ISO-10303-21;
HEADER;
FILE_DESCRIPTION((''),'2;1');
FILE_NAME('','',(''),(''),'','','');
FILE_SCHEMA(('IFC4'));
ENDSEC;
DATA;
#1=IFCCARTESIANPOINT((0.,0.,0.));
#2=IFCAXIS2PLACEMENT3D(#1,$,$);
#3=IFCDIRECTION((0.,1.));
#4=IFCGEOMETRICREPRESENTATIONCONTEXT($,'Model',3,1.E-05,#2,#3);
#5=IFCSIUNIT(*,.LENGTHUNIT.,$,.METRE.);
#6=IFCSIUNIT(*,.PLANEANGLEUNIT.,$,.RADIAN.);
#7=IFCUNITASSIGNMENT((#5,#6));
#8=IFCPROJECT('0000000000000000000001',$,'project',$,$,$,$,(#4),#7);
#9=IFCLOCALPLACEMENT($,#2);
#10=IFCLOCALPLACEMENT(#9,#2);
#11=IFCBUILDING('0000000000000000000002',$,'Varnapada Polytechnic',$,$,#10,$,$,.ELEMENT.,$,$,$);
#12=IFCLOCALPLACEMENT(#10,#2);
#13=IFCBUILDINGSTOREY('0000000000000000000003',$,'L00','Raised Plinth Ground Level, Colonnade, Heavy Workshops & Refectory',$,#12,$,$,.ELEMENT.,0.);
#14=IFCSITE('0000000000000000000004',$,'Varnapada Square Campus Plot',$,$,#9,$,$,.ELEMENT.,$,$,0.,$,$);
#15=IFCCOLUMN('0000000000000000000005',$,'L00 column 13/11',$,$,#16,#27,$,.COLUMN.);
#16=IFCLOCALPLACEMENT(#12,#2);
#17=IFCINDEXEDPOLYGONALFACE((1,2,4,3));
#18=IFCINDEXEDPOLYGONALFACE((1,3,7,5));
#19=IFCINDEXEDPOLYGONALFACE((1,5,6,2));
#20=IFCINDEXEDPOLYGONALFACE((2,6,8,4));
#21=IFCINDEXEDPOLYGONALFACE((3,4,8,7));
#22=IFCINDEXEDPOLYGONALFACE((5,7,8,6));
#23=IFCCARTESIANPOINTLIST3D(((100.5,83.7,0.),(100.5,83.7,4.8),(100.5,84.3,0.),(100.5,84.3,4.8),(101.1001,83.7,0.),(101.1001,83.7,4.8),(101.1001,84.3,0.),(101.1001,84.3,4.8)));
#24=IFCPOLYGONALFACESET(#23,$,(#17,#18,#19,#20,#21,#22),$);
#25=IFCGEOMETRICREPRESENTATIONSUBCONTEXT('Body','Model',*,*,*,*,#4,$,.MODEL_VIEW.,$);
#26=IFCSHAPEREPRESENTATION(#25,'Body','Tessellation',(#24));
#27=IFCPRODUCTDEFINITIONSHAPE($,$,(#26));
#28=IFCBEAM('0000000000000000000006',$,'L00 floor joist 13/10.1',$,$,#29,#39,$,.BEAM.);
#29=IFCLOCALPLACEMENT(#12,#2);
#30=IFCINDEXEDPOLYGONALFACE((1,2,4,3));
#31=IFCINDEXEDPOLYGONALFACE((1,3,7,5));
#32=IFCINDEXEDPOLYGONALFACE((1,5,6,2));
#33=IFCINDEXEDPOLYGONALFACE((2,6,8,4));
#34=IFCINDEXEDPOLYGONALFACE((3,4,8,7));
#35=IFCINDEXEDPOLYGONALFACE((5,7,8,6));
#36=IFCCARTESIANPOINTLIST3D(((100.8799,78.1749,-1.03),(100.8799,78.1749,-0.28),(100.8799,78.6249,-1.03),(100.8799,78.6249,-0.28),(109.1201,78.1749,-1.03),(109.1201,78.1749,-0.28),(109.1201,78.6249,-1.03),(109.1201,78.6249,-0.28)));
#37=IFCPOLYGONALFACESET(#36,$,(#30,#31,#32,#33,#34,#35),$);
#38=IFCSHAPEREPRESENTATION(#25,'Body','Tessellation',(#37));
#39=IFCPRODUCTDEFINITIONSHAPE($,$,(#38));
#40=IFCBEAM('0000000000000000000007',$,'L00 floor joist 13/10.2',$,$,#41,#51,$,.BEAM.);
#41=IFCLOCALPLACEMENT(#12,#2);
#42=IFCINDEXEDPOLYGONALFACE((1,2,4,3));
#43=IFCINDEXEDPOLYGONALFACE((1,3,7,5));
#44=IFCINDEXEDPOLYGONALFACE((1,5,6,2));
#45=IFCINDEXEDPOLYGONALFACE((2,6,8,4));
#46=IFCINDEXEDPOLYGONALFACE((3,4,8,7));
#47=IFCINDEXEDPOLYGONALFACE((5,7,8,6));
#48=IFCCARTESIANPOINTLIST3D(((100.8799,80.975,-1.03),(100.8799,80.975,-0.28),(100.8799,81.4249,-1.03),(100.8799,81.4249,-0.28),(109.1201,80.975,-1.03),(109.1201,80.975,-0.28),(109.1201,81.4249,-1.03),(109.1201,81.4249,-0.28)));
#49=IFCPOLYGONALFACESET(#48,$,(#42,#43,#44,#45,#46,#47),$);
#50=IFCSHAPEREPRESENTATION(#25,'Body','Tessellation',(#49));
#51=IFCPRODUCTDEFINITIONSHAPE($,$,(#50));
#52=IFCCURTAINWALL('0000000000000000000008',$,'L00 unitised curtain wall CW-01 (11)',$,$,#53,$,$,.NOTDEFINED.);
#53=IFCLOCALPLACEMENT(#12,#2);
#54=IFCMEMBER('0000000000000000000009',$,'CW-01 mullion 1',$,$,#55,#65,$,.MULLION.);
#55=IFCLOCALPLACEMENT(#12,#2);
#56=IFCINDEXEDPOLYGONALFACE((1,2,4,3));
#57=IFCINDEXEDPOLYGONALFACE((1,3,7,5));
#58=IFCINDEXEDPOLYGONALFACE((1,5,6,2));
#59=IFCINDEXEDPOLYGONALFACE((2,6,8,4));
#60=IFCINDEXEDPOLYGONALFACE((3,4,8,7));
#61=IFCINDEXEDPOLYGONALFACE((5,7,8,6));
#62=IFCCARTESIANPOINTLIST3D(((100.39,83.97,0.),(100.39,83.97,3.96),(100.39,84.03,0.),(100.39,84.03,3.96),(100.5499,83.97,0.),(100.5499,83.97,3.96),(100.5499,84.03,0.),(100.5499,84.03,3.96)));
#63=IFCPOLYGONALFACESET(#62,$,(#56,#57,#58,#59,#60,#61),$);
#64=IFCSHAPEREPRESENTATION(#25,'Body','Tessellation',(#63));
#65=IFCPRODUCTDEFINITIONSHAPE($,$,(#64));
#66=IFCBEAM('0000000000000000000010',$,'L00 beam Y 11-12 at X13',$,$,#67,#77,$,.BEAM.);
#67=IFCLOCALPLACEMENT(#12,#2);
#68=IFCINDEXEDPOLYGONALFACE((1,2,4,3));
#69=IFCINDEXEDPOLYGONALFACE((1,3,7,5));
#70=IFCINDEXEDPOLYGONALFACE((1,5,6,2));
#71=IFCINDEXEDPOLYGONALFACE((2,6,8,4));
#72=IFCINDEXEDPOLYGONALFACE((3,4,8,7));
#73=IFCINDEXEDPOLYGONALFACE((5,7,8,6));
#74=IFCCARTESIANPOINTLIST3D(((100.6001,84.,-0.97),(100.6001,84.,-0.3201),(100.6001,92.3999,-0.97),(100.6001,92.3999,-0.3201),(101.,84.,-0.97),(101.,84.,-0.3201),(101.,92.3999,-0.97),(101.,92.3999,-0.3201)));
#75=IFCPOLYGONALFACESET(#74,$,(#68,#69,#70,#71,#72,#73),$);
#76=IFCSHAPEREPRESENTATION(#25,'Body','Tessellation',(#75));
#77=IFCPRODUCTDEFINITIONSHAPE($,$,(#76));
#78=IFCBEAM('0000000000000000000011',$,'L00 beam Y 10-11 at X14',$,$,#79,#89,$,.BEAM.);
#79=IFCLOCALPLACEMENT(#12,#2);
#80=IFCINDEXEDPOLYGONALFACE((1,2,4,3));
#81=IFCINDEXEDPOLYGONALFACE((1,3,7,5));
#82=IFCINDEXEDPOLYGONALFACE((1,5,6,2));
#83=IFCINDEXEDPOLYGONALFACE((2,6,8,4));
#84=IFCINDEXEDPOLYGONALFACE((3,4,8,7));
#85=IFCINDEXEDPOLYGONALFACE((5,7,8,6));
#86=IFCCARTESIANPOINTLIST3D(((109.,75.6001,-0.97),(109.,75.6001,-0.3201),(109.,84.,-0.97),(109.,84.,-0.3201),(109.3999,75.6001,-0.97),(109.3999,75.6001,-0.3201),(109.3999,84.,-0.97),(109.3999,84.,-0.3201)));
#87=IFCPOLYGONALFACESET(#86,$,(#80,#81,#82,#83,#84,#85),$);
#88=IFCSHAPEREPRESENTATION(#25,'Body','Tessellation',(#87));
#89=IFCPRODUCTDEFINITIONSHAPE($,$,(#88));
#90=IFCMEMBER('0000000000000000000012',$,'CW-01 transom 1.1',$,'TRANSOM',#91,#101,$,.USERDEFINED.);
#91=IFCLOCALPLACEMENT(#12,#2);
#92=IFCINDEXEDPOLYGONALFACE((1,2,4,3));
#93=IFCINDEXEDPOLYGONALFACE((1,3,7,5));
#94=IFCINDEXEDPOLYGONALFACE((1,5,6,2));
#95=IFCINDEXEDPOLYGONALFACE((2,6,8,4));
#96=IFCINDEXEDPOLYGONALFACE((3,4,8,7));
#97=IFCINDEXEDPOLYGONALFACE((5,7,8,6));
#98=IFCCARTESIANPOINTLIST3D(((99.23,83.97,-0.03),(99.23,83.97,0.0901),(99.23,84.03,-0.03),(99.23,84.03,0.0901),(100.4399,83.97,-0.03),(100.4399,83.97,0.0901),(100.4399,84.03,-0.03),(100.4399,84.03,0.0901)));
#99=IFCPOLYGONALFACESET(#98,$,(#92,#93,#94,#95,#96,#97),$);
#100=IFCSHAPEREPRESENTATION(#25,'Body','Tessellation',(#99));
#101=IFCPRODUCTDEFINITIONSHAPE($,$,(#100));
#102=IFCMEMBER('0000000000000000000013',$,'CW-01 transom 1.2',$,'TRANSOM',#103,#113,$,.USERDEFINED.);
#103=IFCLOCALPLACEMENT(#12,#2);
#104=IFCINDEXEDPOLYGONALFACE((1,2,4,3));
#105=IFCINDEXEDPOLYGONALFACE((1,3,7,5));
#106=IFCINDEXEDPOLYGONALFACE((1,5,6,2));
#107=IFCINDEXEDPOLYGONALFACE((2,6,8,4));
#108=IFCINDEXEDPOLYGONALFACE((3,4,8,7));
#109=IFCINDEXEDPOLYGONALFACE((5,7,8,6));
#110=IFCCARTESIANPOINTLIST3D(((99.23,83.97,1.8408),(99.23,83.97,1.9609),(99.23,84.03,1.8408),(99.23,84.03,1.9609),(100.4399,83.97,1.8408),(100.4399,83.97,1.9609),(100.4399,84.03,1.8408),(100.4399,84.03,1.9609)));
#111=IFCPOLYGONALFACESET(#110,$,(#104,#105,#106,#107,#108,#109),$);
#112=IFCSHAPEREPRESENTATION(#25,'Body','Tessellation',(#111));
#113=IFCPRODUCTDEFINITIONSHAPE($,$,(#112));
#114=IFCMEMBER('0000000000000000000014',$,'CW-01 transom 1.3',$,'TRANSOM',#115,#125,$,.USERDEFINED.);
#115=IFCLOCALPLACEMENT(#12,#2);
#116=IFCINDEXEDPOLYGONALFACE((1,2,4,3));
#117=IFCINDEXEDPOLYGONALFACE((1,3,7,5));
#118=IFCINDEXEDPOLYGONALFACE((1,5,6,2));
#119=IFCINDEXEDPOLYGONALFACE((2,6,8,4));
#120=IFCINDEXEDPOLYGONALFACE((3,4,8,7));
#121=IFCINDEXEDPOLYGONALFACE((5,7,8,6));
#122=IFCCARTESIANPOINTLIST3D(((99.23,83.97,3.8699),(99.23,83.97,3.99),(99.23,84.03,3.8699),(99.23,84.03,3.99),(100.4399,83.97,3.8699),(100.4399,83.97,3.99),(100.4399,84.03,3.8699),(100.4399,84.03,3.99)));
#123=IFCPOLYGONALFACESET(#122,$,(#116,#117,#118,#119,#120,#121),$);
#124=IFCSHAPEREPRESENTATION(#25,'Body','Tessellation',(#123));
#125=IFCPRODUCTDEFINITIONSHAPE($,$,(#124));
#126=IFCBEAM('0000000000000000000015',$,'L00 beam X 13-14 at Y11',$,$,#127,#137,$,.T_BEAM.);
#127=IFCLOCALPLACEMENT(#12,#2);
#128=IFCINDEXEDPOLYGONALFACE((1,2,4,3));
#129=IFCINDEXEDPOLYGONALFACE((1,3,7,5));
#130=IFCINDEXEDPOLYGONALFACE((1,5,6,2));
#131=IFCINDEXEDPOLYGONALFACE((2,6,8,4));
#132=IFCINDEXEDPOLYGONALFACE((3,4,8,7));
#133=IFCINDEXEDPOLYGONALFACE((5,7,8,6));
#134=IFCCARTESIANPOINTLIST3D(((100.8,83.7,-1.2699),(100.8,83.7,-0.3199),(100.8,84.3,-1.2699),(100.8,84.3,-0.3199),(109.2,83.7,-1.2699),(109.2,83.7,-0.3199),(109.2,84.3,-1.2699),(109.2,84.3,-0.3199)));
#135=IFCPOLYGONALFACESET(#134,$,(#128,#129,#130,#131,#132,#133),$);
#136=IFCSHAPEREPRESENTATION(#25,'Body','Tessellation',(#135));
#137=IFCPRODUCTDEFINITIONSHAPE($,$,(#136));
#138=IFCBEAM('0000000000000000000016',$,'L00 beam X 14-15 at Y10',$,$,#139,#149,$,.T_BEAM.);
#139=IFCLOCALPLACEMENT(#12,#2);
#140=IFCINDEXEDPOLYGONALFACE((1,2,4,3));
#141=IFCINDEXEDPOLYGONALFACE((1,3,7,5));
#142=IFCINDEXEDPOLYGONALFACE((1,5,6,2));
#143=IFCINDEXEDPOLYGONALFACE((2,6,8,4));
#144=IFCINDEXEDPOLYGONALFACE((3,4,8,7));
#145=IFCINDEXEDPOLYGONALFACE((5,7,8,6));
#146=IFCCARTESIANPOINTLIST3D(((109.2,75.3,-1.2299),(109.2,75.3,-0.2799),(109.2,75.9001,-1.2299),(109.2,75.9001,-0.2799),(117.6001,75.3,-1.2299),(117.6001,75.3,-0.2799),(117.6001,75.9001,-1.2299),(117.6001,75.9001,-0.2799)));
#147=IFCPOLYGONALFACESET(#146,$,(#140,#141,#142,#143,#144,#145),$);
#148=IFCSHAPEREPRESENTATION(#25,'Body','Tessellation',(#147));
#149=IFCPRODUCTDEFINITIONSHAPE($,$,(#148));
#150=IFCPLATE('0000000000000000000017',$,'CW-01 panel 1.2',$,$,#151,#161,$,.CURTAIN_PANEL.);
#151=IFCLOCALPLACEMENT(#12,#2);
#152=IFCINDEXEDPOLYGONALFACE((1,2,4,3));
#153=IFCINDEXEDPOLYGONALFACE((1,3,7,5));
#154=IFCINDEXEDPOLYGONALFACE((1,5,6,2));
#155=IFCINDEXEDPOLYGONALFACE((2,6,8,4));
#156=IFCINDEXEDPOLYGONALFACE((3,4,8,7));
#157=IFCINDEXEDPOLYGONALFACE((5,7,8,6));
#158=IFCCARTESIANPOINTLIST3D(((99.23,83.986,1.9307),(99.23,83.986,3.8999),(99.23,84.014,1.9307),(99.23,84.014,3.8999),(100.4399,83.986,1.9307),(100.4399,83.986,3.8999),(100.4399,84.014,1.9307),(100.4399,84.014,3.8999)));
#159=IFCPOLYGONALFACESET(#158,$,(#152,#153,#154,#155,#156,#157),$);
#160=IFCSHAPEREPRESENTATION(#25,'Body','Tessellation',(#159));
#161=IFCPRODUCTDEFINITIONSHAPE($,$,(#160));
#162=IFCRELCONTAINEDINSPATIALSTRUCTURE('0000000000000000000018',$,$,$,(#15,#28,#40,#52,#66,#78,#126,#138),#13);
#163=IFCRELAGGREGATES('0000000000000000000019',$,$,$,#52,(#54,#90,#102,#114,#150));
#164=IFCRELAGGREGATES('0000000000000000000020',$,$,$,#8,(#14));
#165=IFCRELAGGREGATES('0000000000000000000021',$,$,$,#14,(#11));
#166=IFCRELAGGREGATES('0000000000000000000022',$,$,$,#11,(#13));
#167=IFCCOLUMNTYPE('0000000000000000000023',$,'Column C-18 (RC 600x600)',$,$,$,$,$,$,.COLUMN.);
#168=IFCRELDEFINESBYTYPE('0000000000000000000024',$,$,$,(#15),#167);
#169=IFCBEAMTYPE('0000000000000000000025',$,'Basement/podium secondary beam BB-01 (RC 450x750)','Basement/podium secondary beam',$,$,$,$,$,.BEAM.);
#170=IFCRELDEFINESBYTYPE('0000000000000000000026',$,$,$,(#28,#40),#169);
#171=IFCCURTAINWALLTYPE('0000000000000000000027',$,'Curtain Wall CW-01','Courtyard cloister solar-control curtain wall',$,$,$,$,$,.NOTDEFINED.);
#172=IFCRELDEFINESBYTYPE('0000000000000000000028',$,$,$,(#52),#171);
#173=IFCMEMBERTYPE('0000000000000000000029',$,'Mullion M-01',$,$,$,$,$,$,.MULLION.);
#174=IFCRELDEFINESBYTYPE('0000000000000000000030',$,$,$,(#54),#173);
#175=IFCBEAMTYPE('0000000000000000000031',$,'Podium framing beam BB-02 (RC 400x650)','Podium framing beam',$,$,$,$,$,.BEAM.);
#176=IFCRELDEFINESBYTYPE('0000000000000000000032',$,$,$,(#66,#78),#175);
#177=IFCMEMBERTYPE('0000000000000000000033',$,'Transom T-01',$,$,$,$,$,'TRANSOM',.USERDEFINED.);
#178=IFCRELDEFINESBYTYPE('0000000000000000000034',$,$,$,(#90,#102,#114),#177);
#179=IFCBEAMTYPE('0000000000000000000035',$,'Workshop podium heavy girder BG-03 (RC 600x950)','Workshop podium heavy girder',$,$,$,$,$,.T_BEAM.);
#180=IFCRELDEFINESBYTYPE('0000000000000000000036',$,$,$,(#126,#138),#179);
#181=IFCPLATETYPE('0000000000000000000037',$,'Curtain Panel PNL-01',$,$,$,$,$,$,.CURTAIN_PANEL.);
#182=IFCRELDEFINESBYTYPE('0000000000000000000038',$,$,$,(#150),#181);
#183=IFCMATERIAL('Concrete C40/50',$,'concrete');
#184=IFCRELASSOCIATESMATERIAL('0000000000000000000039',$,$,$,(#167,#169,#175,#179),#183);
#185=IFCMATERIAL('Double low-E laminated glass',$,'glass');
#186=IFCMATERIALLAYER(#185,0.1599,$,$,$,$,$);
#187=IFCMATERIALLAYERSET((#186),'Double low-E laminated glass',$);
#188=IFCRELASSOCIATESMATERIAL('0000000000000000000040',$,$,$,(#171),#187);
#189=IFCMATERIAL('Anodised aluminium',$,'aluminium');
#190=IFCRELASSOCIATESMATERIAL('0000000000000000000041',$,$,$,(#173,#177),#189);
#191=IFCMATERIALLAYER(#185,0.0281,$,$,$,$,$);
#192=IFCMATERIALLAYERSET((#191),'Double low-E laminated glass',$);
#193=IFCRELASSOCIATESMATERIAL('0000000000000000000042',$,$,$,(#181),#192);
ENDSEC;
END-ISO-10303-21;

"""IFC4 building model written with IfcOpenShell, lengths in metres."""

from ifc_helpers import new_model, si_unit, direction, frame, origin, origin_2d, place, context, subcontext, project, spatial, rectangle, extrude, material, layer, layer_set, material_profile, profile_set, type_object, element, aggregate, save


model = new_model("IFC4")

# Units and contexts
model_context = context("Model", 3, precision=1e-05, world=origin(), true_north=direction((0.0, 1.0)))
body_context = subcontext(model_context, "Body", "Model", "MODEL_VIEW")
ifc_project = project(units=[si_unit("LENGTHUNIT", "METRE"), si_unit("PLANEANGLEUNIT", "RADIAN")], contexts=[model_context])

# Site, building, storey
site_placement = place(None, origin())
site = spatial("IfcSite", under=ifc_project, at=site_placement, Name="Varnapada Square Campus Plot", CompositionType="ELEMENT", RefElevation=0.0)
building_placement = place(site_placement, origin())
building = spatial("IfcBuilding", under=site, at=building_placement, Name="Varnapada Polytechnic", CompositionType="ELEMENT")
storey_placement = place(building_placement, origin())
storey = spatial("IfcBuildingStorey", under=building, at=storey_placement, Name="L00", Description="Raised Plinth Ground Level, Colonnade, Heavy Workshops & Refectory", CompositionType="ELEMENT", Elevation=0.0)

# Column
ifc_material_1 = material(Name="Concrete C40/50", Category="concrete")
ifc_material_profile_1 = material_profile(ifc_material_1, rectangle(XDim=0.6001, YDim=0.6001, at=origin_2d()), Name="RC 600x600")
ifc_profile_set_1 = profile_set([ifc_material_profile_1], Name="Concrete C40/50")
column_type = type_object("IfcColumnType", Name="Column C-18 (RC 600x600)", PredefinedType="COLUMN", material=ifc_profile_set_1)
column_placement = place(storey_placement, frame((100.8, 84.0, 0.0), z_axis=(0.0, 0.0, 1.0), x_axis=(1.0, 0.0, 0.0)))
element("IfcColumn", 1, at=column_placement, inside=storey, type_object=column_type, Name="L00 column 13/11", PredefinedType="COLUMN", context=body_context, shape_type="SweptSolid", body=[
    extrude(rectangle(XDim=0.6001, YDim=0.6001, at=origin_2d()), origin(), (0.0, 0.0, 1.0), 4.8),
])

# Beams
ifc_material_profile_2 = material_profile(ifc_material_1, rectangle(XDim=0.45, YDim=0.75, at=origin_2d()), Name="RC 450x750")
ifc_profile_set_2 = profile_set([ifc_material_profile_2], Name="Concrete C40/50")
beam_type_1 = type_object("IfcBeamType", Name="Basement/podium secondary beam BB-01 (RC 450x750)", Description="Basement/podium secondary beam", PredefinedType="BEAM", material=ifc_profile_set_2)
for number, where, z_axis, x_axis, name in (
    (2, (100.8799, 78.3999, -0.655), (1.0, 0.0, 0.0), (0.0, 1.0, 0.0), "L00 floor joist 13/10.1"),
    (3, (100.8799, 81.2, -0.655), (1.0, 0.0, 0.0), (0.0, 1.0, 0.0), "L00 floor joist 13/10.2"),
):
    element("IfcBeam", number, at=place(storey_placement, frame(where, z_axis=z_axis, x_axis=x_axis)), inside=storey, type_object=beam_type_1, Name=name, PredefinedType="BEAM", context=body_context, shape_type="SweptSolid", body=[
        extrude(rectangle(XDim=0.45, YDim=0.75, at=origin_2d()), origin(), (0.0, 0.0, 1.0), 8.2402),
    ])

# Curtain wall, member
ifc_material_2 = material(Name="Double low-E laminated glass", Category="glass")
ifc_layer_1 = layer(ifc_material_2, 0.1599)
ifc_layer_set_1 = layer_set([ifc_layer_1], Name="Double low-E laminated glass")
curtain_wall_type = type_object("IfcCurtainWallType", Name="Curtain Wall CW-01", Description="Courtyard cloister solar-control curtain wall", PredefinedType="NOTDEFINED", material=ifc_layer_set_1)
curtain_wall_placement = place(storey_placement, origin())
curtain_wall = element("IfcCurtainWall", 4, at=curtain_wall_placement, inside=storey, type_object=curtain_wall_type, Name="L00 unitised curtain wall CW-01 (11)", PredefinedType="NOTDEFINED")
ifc_material_3 = material(Name="Anodised aluminium", Category="aluminium")
ifc_material_profile_3 = material_profile(ifc_material_3, rectangle(XDim=0.0601, YDim=0.1599, at=origin_2d()), Name="ALU M60x160")
ifc_profile_set_3 = profile_set([ifc_material_profile_3], Name="Anodised aluminium")
member_type_1 = type_object("IfcMemberType", Name="Mullion M-01", PredefinedType="MULLION", material=ifc_profile_set_3)
member_1_placement = place(storey_placement, frame((100.47, 84.0, 0.0), z_axis=(0.0, 0.0, 1.0), x_axis=(0.0, -1.0, 0.0)))
member_1 = element("IfcMember", 5, at=member_1_placement, type_object=member_type_1, Name="CW-01 mullion 1", PredefinedType="MULLION", context=body_context, shape_type="SweptSolid", body=[
    extrude(rectangle(XDim=0.0601, YDim=0.1599, at=origin_2d()), origin(), (0.0, 0.0, 1.0), 3.96),
])

# Beams
ifc_material_profile_4 = material_profile(ifc_material_1, rectangle(XDim=0.3999, YDim=0.6499, at=origin_2d()), Name="RC 400x650")
ifc_profile_set_4 = profile_set([ifc_material_profile_4], Name="Concrete C40/50")
beam_type_2 = type_object("IfcBeamType", Name="Podium framing beam BB-02 (RC 400x650)", Description="Podium framing beam", PredefinedType="BEAM", material=ifc_profile_set_4)
for number, where, z_axis, x_axis, name in (
    (6, (100.8, 84.0, -0.645), (0.0, 1.0, 0.0), (-1.0, 0.0, 0.0), "L00 beam Y 11-12 at X13"),
    (7, (109.2, 75.6001, -0.645), (0.0, 1.0, 0.0), (-1.0, 0.0, 0.0), "L00 beam Y 10-11 at X14"),
):
    element("IfcBeam", number, at=place(storey_placement, frame(where, z_axis=z_axis, x_axis=x_axis)), inside=storey, type_object=beam_type_2, Name=name, PredefinedType="BEAM", context=body_context, shape_type="SweptSolid", body=[
        extrude(rectangle(XDim=0.3999, YDim=0.6499, at=origin_2d()), origin(), (0.0, 0.0, 1.0), 8.3999),
    ])

# Members
ifc_material_profile_5 = material_profile(ifc_material_3, rectangle(XDim=0.0601, YDim=0.1201, at=origin_2d()), Name="ALU T60x120")
ifc_profile_set_5 = profile_set([ifc_material_profile_5], Name="Anodised aluminium")
member_type_2 = type_object("IfcMemberType", Name="Transom T-01", ElementType="TRANSOM", PredefinedType="USERDEFINED", material=ifc_profile_set_5)
member_2_placement = place(storey_placement, frame((100.4399, 84.0, 0.03), z_axis=(-1.0, 0.0, 0.0), x_axis=(0.0, -1.0, 0.0)))
member_2 = element("IfcMember", 8, at=member_2_placement, type_object=member_type_2, Name="CW-01 transom 1.1", ObjectType="TRANSOM", PredefinedType="USERDEFINED", context=body_context, shape_type="SweptSolid", body=[
    extrude(rectangle(XDim=0.0601, YDim=0.1201, at=origin_2d()), origin(), (0.0, 0.0, 1.0), 1.21),
])
member_3_placement = place(storey_placement, frame((100.4399, 84.0, 1.9009), z_axis=(-1.0, 0.0, 0.0), x_axis=(0.0, -1.0, 0.0)))
member_3 = element("IfcMember", 9, at=member_3_placement, type_object=member_type_2, Name="CW-01 transom 1.2", ObjectType="TRANSOM", PredefinedType="USERDEFINED", context=body_context, shape_type="SweptSolid", body=[
    extrude(rectangle(XDim=0.0601, YDim=0.1201, at=origin_2d()), origin(), (0.0, 0.0, 1.0), 1.21),
])
member_4_placement = place(storey_placement, frame((100.4399, 84.0, 3.9299), z_axis=(-1.0, 0.0, 0.0), x_axis=(0.0, -1.0, 0.0)))
member_4 = element("IfcMember", 10, at=member_4_placement, type_object=member_type_2, Name="CW-01 transom 1.3", ObjectType="TRANSOM", PredefinedType="USERDEFINED", context=body_context, shape_type="SweptSolid", body=[
    extrude(rectangle(XDim=0.0601, YDim=0.1201, at=origin_2d()), origin(), (0.0, 0.0, 1.0), 1.21),
])

# Beams
ifc_material_profile_6 = material_profile(ifc_material_1, rectangle(XDim=0.6001, YDim=0.95, at=origin_2d()), Name="RC 600x950")
ifc_profile_set_6 = profile_set([ifc_material_profile_6], Name="Concrete C40/50")
beam_type_3 = type_object("IfcBeamType", Name="Workshop podium heavy girder BG-03 (RC 600x950)", Description="Workshop podium heavy girder", PredefinedType="T_BEAM", material=ifc_profile_set_6)
beam_1_placement = place(storey_placement, frame((100.8, 84.0, -0.7949), z_axis=(1.0, 0.0, 0.0), x_axis=(0.0, 1.0, 0.0)))
element("IfcBeam", 11, at=beam_1_placement, inside=storey, type_object=beam_type_3, Name="L00 beam X 13-14 at Y11", PredefinedType="T_BEAM", context=body_context, shape_type="SweptSolid", body=[
    extrude(rectangle(XDim=0.6001, YDim=0.95, at=origin_2d()), origin(), (0.0, 0.0, 1.0), 8.3999),
])
beam_2_placement = place(storey_placement, frame((109.2, 75.6001, -0.7549), z_axis=(1.0, 0.0, 0.0), x_axis=(0.0, 1.0, 0.0)))
element("IfcBeam", 12, at=beam_2_placement, inside=storey, type_object=beam_type_3, Name="L00 beam X 14-15 at Y10", PredefinedType="T_BEAM", context=body_context, shape_type="SweptSolid", body=[
    extrude(rectangle(XDim=0.6001, YDim=0.95, at=origin_2d()), origin(), (0.0, 0.0, 1.0), 8.4001),
])

# Plate
ifc_layer_2 = layer(ifc_material_2, 0.0281)
ifc_layer_set_2 = layer_set([ifc_layer_2], Name="Double low-E laminated glass")
plate_type = type_object("IfcPlateType", Name="Curtain Panel PNL-01", PredefinedType="CURTAIN_PANEL", material=ifc_layer_set_2)
plate_placement = place(storey_placement, frame((99.835, 84.0, 1.9307), z_axis=(0.0, 0.0, 1.0), x_axis=(-1.0, 0.0, 0.0)))
plate = element("IfcPlate", 13, at=plate_placement, type_object=plate_type, Name="CW-01 panel 1.2", PredefinedType="CURTAIN_PANEL", context=body_context, shape_type="SweptSolid", body=[
    extrude(rectangle(XDim=1.21, YDim=0.0281, at=origin_2d()), origin(), (0.0, 0.0, 1.0), 1.9692),
])
aggregate(curtain_wall, [member_1, member_2, member_3, member_4, plate])

save(model, "model.ifc")
